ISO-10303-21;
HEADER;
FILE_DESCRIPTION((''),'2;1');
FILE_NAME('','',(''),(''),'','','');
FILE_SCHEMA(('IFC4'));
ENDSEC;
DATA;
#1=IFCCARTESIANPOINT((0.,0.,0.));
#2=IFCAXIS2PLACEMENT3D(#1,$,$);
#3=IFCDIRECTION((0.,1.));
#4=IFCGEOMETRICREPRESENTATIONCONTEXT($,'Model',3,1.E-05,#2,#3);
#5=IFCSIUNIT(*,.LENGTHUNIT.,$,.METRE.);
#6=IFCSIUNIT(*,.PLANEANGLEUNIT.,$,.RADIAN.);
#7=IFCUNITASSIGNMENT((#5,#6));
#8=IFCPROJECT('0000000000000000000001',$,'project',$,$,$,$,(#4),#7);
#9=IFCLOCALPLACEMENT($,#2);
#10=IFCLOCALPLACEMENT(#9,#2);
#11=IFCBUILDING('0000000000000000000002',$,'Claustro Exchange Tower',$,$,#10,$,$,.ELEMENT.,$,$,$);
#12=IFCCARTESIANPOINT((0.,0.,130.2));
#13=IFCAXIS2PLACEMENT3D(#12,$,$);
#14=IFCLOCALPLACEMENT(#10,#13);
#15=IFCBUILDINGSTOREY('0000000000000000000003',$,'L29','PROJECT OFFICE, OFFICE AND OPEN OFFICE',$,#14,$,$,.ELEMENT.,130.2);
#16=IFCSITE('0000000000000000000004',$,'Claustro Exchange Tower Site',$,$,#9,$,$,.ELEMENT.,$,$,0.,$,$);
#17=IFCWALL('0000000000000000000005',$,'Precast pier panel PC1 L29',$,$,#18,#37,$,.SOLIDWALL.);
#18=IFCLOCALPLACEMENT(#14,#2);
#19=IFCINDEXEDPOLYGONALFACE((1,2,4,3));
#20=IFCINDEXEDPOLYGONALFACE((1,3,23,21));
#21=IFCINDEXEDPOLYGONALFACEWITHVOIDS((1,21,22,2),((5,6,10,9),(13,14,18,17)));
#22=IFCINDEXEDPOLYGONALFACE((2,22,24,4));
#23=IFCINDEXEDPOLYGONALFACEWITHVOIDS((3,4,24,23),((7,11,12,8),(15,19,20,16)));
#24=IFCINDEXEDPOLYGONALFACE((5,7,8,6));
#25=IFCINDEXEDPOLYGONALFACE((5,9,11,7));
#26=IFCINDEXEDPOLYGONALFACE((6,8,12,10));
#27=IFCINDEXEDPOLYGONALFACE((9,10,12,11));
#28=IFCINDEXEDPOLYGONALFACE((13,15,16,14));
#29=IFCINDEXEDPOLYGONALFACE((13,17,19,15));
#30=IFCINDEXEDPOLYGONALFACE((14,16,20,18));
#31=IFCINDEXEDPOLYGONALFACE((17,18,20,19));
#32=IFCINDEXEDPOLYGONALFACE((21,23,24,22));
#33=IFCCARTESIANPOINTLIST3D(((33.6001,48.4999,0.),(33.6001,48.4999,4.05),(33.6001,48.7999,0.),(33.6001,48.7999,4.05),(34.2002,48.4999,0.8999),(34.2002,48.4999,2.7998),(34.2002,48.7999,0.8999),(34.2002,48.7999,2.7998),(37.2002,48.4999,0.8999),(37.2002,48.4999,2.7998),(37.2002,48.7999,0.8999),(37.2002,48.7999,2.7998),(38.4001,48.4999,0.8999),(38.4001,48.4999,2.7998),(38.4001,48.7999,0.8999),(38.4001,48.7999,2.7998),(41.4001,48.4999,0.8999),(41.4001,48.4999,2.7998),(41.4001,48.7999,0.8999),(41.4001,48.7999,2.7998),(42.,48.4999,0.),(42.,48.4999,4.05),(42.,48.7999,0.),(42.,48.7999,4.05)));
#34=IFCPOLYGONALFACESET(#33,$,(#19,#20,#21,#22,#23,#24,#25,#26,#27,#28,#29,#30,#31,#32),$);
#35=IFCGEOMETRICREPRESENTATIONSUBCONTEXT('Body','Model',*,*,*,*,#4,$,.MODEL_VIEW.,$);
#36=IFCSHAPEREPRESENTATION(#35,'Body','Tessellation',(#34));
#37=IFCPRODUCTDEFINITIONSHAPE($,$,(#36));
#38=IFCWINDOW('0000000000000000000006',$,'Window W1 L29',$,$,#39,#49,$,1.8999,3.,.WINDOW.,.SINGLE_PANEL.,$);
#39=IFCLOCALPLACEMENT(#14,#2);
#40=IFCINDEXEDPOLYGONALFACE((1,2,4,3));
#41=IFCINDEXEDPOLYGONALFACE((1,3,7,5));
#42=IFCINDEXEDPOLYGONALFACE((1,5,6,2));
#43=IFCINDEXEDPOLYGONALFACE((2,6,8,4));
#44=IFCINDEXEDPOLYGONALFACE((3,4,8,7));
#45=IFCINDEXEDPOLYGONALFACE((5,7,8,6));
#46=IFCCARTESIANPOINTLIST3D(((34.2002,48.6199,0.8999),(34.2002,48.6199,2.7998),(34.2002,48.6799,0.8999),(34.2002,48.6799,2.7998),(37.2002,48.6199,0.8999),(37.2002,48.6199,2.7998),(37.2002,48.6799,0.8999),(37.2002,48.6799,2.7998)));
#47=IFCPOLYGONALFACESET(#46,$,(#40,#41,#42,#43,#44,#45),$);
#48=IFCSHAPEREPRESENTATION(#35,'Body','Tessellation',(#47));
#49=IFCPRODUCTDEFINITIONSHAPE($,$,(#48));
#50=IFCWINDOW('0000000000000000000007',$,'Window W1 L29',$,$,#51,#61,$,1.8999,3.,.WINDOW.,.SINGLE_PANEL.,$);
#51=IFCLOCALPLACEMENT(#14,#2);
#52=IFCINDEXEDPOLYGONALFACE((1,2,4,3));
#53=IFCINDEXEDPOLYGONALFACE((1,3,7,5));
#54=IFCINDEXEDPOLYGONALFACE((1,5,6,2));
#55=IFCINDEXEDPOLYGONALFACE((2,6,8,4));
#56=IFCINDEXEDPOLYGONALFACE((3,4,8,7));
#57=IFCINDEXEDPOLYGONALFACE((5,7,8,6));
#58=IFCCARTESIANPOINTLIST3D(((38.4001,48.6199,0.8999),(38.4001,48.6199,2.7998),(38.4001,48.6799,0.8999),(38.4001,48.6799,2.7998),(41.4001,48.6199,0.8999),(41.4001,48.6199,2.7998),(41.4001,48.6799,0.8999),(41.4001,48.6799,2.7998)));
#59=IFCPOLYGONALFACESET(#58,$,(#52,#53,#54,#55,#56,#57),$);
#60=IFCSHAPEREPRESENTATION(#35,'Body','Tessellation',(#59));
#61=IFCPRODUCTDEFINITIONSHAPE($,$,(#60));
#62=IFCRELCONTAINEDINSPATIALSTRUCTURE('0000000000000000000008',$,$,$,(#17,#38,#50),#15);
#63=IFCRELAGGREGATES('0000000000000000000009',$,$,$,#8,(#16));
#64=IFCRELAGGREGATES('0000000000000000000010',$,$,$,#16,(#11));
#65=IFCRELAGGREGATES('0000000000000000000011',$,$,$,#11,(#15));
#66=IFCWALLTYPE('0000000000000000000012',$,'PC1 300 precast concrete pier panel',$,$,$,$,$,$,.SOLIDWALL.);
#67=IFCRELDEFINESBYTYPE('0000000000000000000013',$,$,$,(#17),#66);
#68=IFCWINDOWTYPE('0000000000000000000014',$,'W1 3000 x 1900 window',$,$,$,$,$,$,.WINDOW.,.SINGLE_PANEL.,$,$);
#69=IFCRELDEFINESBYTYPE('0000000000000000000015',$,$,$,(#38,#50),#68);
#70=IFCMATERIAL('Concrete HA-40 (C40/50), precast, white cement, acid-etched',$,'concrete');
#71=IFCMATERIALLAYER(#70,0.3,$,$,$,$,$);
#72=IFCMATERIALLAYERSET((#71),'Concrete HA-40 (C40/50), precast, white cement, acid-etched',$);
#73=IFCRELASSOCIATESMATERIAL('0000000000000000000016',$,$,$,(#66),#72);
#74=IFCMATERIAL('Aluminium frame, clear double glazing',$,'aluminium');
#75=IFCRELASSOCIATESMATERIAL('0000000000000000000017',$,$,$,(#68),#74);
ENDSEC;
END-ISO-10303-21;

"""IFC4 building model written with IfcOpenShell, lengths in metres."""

from ifc_helpers import new_model, si_unit, direction, frame, frame_2d, origin, place, context, subcontext, project, spatial, rectangle, extrude, material, layer, layer_set, type_object, element, fill, save


model = new_model("IFC4")

# Units and contexts
model_context = context("Model", 3, precision=1e-05, world=origin(), true_north=direction((0.0, 1.0)))
body_context = subcontext(model_context, "Body", "Model", "MODEL_VIEW")
ifc_project = project(units=[si_unit("LENGTHUNIT", "METRE"), si_unit("PLANEANGLEUNIT", "RADIAN")], contexts=[model_context])

# Site, building, storey
site_placement = place(None, origin())
site = spatial("IfcSite", under=ifc_project, at=site_placement, Name="Claustro Exchange Tower Site", CompositionType="ELEMENT", RefElevation=0.0)
building_placement = place(site_placement, origin())
building = spatial("IfcBuilding", under=site, at=building_placement, Name="Claustro Exchange Tower", CompositionType="ELEMENT")
storey_placement = place(building_placement, frame((0.0, 0.0, 130.2)))
storey = spatial("IfcBuildingStorey", under=building, at=storey_placement, Name="L29", Description="PROJECT OFFICE, OFFICE AND OPEN OFFICE", CompositionType="ELEMENT", Elevation=130.2)

# Wall, openings, windows
ifc_material_1 = material(Name="Concrete HA-40 (C40/50), precast, white cement, acid-etched", Category="concrete")
ifc_layer_1 = layer(ifc_material_1, 0.3)
ifc_layer_set_1 = layer_set([ifc_layer_1], Name="Concrete HA-40 (C40/50), precast, white cement, acid-etched")
wall_type_1 = type_object("IfcWallType", Name="PC1 300 precast concrete pier panel", PredefinedType="SOLIDWALL", material=ifc_layer_set_1)
ifc_material_2 = material(Name="Aluminium frame, clear double glazing", Category="aluminium")
window_type = type_object("IfcWindowType", Name="W1 3000 x 1900 window", PartitioningType="SINGLE_PANEL", PredefinedType="WINDOW", material=ifc_material_2)
wall_1_placement = place(storey_placement, frame((33.6001, 48.6499, 0.0), z_axis=(0.0, 0.0, 1.0), x_axis=(1.0, 0.0, 0.0)))
wall_1 = element("IfcWall", 1, at=wall_1_placement, inside=storey, type_object=wall_type_1, Name="Precast pier panel PC1 L29", PredefinedType="SOLIDWALL", context=body_context, shape_type="SweptSolid", body=[
    extrude(rectangle(XDim=8.3999, YDim=0.3, at=frame_2d((4.2, 0.0))), origin(), (0.0, 0.0, 1.0), 4.05),
])
opening_1_placement = place(wall_1_placement, frame((0.6001, 0.0, 0.8999)))
opening_1 = element("IfcOpeningElement", 2, at=opening_1_placement, cuts=wall_1, PredefinedType="OPENING", context=body_context, shape_type="SweptSolid", body=[
    extrude(rectangle(XDim=3.0, YDim=1.8999, at=frame_2d((1.5, 0.95))), frame((0.0, 0.1599, 0.0), z_axis=(0.0, -1.0, 0.0), x_axis=(1.0, 0.0, 0.0)), (0.0, 0.0, 1.0), 0.3201),
])
opening_2_placement = place(wall_1_placement, frame((4.8, 0.0, 0.8999)))
opening_2 = element("IfcOpeningElement", 3, at=opening_2_placement, cuts=wall_1, PredefinedType="OPENING", context=body_context, shape_type="SweptSolid", body=[
    extrude(rectangle(XDim=3.0, YDim=1.8999, at=frame_2d((1.5, 0.95))), frame((0.0, 0.1599, 0.0), z_axis=(0.0, -1.0, 0.0), x_axis=(1.0, 0.0, 0.0)), (0.0, 0.0, 1.0), 0.3201),
])
window_1_placement = place(opening_1_placement, origin())
window_1 = element("IfcWindow", 4, at=window_1_placement, inside=storey, type_object=window_type, Name="Window W1 L29", OverallHeight=1.8999, OverallWidth=3.0, PartitioningType="SINGLE_PANEL", PredefinedType="WINDOW", context=body_context, shape_type="SweptSolid", body=[
    extrude(rectangle(XDim=3.0, YDim=1.8999, at=frame_2d((1.5, 0.95))), frame((0.0, 0.03, 0.0), z_axis=(0.0, -1.0, 0.0), x_axis=(1.0, 0.0, 0.0)), (0.0, 0.0, 1.0), 0.0601),
])
fill(opening_1, window_1)
window_2_placement = place(opening_2_placement, origin())
window_2 = element("IfcWindow", 5, at=window_2_placement, inside=storey, type_object=window_type, Name="Window W1 L29", OverallHeight=1.8999, OverallWidth=3.0, PartitioningType="SINGLE_PANEL", PredefinedType="WINDOW", context=body_context, shape_type="SweptSolid", body=[
    extrude(rectangle(XDim=3.0, YDim=1.8999, at=frame_2d((1.5, 0.95))), frame((0.0, 0.03, 0.0), z_axis=(0.0, -1.0, 0.0), x_axis=(1.0, 0.0, 0.0)), (0.0, 0.0, 1.0), 0.0601),
])
fill(opening_2, window_2)

save(model, "model.ifc")
